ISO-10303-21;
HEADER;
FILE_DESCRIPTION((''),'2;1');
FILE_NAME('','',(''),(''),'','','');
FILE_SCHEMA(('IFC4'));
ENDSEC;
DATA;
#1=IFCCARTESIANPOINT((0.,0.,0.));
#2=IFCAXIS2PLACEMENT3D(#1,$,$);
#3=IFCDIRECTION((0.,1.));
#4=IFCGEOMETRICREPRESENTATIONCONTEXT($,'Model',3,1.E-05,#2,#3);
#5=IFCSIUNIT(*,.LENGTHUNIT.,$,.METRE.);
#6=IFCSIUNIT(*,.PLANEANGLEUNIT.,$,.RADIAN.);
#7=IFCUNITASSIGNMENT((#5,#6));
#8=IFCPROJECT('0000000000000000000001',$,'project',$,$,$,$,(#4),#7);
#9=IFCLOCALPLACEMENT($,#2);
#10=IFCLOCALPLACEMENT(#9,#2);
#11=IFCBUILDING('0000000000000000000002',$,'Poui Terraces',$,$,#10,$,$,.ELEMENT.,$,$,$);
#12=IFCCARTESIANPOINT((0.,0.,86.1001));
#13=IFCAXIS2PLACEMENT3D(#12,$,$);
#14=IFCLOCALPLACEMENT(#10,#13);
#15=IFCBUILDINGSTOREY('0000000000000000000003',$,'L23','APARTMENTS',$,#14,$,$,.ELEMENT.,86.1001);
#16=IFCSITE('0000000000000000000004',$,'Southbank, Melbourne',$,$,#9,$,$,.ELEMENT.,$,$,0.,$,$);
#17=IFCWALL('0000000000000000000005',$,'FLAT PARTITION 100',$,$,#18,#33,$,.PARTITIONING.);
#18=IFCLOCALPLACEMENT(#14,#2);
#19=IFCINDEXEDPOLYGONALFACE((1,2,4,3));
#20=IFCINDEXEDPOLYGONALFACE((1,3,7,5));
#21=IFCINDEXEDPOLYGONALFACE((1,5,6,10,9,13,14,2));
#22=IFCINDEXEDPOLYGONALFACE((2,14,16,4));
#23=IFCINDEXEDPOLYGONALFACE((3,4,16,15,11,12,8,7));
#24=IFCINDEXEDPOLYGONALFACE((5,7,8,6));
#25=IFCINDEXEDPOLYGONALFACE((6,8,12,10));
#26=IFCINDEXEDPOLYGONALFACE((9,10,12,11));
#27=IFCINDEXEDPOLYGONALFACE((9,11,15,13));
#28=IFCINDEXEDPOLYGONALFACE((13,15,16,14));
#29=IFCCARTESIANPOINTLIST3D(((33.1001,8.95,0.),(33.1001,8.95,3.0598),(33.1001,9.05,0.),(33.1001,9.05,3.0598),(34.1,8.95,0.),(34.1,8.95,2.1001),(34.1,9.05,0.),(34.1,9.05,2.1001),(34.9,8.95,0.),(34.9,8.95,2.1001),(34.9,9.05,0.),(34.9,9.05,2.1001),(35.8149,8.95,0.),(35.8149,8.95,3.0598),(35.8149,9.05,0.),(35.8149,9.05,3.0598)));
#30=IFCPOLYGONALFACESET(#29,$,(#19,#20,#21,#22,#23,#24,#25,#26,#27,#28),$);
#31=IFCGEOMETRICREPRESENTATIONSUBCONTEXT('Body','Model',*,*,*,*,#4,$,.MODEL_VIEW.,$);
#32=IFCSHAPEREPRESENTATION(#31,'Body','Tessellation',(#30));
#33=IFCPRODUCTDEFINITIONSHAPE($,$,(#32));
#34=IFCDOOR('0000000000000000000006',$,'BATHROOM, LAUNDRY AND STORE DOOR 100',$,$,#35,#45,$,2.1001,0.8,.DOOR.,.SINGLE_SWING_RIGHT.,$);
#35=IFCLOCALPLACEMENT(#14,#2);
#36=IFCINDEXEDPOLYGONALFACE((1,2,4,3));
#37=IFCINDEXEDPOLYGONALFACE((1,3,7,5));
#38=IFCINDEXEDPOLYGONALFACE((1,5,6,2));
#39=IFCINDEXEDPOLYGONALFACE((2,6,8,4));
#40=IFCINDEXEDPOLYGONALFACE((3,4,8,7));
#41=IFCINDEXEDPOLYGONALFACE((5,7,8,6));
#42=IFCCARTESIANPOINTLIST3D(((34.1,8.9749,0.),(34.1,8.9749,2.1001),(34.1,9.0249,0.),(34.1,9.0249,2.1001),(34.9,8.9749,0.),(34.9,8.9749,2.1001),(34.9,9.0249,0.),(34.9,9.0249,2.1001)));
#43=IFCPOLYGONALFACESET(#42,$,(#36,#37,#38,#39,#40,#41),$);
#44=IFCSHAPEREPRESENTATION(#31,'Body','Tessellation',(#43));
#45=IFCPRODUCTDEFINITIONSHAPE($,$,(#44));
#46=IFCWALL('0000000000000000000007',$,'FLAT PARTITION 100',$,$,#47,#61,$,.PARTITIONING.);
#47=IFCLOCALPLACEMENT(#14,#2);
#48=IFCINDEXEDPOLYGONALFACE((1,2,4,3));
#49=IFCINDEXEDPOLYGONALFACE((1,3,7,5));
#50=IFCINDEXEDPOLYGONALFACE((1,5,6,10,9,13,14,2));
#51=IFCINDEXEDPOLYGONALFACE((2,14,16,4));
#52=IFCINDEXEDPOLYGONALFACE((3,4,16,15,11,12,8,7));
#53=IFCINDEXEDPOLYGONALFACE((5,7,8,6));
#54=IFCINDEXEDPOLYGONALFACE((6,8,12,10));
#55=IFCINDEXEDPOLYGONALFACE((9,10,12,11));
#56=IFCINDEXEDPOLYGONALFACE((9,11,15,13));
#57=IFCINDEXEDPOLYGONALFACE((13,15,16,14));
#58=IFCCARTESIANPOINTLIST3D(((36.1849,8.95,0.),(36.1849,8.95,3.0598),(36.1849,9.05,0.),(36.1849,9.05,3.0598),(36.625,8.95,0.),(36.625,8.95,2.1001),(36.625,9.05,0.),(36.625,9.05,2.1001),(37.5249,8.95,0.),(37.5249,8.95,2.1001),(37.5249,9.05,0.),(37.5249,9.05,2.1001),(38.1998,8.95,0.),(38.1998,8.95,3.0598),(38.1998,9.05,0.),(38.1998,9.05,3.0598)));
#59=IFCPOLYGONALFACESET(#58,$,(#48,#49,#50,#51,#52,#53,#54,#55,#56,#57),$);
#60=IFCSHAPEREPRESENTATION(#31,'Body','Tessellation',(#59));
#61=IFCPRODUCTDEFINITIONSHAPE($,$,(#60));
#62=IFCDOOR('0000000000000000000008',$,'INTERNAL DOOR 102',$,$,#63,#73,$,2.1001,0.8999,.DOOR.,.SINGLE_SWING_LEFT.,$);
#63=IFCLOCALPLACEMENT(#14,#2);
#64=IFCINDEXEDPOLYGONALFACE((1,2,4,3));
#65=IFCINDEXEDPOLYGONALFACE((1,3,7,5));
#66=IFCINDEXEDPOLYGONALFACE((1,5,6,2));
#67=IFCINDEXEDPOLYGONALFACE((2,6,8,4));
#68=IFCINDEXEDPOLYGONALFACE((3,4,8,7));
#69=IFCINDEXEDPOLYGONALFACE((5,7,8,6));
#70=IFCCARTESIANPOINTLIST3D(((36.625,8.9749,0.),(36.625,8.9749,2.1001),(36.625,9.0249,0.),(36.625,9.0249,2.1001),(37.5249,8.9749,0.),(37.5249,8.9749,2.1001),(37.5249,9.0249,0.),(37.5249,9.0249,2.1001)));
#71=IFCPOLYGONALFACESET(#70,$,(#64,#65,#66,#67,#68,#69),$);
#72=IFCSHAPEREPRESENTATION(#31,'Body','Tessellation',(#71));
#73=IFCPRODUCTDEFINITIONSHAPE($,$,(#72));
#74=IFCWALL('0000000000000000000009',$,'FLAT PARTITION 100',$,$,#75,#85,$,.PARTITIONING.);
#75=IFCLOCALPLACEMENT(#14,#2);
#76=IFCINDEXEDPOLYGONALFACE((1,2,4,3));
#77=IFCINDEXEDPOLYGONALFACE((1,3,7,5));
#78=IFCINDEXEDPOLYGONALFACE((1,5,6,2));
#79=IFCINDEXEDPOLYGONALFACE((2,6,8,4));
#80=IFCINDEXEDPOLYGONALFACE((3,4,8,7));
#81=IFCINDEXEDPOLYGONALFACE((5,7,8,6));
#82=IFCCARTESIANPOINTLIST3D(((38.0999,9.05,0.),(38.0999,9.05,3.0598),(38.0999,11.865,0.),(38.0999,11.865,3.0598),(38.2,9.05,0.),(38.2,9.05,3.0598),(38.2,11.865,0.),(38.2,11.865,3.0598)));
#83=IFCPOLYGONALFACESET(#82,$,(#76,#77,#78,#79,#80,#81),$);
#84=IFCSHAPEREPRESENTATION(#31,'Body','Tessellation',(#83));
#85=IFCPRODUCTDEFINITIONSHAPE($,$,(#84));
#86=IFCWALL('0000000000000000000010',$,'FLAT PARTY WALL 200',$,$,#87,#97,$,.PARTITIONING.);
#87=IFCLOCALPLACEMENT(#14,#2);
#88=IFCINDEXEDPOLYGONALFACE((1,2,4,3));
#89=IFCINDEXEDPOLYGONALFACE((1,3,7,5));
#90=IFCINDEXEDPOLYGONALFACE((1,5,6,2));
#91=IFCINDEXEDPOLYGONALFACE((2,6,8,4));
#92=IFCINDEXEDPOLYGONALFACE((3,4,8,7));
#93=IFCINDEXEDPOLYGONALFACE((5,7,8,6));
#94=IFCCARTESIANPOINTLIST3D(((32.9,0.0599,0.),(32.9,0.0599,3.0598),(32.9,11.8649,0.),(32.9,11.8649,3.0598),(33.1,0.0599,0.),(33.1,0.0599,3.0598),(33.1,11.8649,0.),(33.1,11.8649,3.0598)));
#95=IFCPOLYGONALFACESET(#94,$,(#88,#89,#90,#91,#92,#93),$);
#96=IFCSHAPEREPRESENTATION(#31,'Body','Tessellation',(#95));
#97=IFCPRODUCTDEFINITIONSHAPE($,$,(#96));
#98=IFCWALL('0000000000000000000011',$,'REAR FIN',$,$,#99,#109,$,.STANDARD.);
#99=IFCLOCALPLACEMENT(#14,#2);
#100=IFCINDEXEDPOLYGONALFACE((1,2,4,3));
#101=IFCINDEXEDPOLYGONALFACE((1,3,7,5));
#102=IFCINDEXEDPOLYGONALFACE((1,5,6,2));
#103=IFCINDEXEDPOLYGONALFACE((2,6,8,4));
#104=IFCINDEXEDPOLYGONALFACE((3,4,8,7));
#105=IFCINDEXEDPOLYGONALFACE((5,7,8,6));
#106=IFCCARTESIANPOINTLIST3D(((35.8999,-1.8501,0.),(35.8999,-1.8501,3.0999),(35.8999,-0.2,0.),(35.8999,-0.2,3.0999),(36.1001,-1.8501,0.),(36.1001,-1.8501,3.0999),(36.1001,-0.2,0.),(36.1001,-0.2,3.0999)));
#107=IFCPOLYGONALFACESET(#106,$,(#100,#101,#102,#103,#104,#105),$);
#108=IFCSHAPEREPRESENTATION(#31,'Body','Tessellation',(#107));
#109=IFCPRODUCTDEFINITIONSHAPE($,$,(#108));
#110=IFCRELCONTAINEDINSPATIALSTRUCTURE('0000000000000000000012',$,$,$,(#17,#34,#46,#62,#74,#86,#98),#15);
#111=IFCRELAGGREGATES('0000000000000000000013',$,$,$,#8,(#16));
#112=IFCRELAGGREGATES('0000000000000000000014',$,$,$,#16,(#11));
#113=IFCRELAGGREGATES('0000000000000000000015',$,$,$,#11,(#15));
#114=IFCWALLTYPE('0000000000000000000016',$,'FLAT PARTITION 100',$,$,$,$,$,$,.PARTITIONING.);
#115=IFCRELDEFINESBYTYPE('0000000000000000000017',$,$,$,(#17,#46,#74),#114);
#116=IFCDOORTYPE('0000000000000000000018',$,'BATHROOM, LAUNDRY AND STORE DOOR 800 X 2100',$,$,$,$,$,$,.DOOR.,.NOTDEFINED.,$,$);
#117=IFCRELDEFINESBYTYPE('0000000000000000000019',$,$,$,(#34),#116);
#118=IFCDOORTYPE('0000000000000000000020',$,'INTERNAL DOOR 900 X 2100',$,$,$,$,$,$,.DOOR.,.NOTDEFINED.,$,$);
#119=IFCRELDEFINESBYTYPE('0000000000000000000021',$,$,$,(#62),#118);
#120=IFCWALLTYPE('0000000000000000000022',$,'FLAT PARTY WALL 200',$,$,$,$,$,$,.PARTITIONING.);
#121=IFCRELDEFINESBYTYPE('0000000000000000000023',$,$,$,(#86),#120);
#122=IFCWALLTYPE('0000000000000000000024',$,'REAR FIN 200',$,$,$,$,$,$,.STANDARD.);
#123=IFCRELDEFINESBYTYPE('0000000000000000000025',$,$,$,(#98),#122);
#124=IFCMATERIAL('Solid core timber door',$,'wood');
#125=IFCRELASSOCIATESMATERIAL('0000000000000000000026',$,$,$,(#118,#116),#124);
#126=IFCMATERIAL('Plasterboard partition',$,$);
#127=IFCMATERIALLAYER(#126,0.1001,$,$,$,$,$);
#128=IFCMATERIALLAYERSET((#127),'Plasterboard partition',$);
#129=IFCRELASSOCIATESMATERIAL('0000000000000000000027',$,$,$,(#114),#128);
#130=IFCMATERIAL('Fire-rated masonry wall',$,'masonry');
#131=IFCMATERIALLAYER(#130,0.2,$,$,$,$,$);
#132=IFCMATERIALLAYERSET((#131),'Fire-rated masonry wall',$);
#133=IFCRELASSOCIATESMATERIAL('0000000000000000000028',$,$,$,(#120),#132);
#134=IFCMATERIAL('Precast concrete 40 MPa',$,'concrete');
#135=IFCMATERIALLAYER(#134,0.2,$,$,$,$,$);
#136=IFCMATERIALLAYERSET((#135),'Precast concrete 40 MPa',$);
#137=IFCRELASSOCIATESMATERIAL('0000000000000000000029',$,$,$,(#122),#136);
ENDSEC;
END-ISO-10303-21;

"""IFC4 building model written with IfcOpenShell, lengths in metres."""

from ifc_helpers import new_model, si_unit, direction, frame, frame_2d, origin, place, context, subcontext, project, spatial, polyline, rectangle, outline, extrude, source, transform, mapped, material, layer, layer_set, type_object, element, fill, save


model = new_model("IFC4")

# Units and contexts
model_context = context("Model", 3, precision=1e-05, world=origin(), true_north=direction((0.0, 1.0)))
body_context = subcontext(model_context, "Body", "Model", "MODEL_VIEW")
ifc_project = project(units=[si_unit("LENGTHUNIT", "METRE"), si_unit("PLANEANGLEUNIT", "RADIAN")], contexts=[model_context])

# Site, building, storey
site_placement = place(None, origin())
site = spatial("IfcSite", under=ifc_project, at=site_placement, Name="Southbank, Melbourne", CompositionType="ELEMENT", RefElevation=0.0)
building_placement = place(site_placement, origin())
building = spatial("IfcBuilding", under=site, at=building_placement, Name="Poui Terraces", CompositionType="ELEMENT")
storey_placement = place(building_placement, frame((0.0, 0.0, 86.1001)))
storey = spatial("IfcBuildingStorey", under=building, at=storey_placement, Name="L23", Description="APARTMENTS", CompositionType="ELEMENT", Elevation=86.1001)

# Shared definitions
ifc_material_1 = material(Name="Precast concrete 40 MPa", Category="concrete")

# Walls, openings, doors
ifc_material_2 = material(Name="Solid core timber door", Category="wood")
door_type_1 = type_object("IfcDoorType", Name="INTERNAL DOOR 900 X 2100", OperationType="NOTDEFINED", PredefinedType="DOOR", material=ifc_material_2)
ifc_material_3 = material(Name="Plasterboard partition")
ifc_layer_1 = layer(ifc_material_3, 0.1001)
ifc_layer_set_1 = layer_set([ifc_layer_1], Name="Plasterboard partition")
wall_type_1 = type_object("IfcWallType", Name="FLAT PARTITION 100", PredefinedType="PARTITIONING", material=ifc_layer_set_1)
wall_1_placement = place(storey_placement, frame((33.1001, 9.0, 0.0), z_axis=(0.0, 0.0, 1.0), x_axis=(1.0, 0.0, 0.0)))
wall_1 = element("IfcWall", 1, at=wall_1_placement, inside=storey, type_object=wall_type_1, Name="FLAT PARTITION 100", PredefinedType="PARTITIONING", context=body_context, shape_type="SweptSolid", body=[
    extrude(rectangle(XDim=2.7148, YDim=0.1001, at=frame_2d((1.3574, 0.0))), origin(), (0.0, 0.0, 1.0), 3.0598),
])
opening_1_placement = place(wall_1_placement, frame((1.0, 0.0, 0.0)))
opening_1 = element("IfcOpeningElement", 2, at=opening_1_placement, cuts=wall_1, PredefinedType="OPENING", context=body_context, shape_type="SweptSolid", body=[
    extrude(rectangle(XDim=0.8, YDim=2.1001, at=frame_2d((0.3999, 1.05))), frame((0.0, 0.0601, 0.0), z_axis=(0.0, -1.0, 0.0), x_axis=(1.0, 0.0, 0.0)), (0.0, 0.0, 1.0), 0.1201),
])
door_type_2 = type_object("IfcDoorType", Name="BATHROOM, LAUNDRY AND STORE DOOR 800 X 2100", OperationType="NOTDEFINED", PredefinedType="DOOR", material=ifc_material_2)
door_1_placement = place(opening_1_placement, origin())
door_1 = element("IfcDoor", 3, at=door_1_placement, inside=storey, type_object=door_type_2, Name="BATHROOM, LAUNDRY AND STORE DOOR 100", OperationType="SINGLE_SWING_RIGHT", OverallHeight=2.1001, OverallWidth=0.8, PredefinedType="DOOR", context=body_context, shape_type="SweptSolid", body=[
    extrude(rectangle(XDim=0.8, YDim=2.1001, at=frame_2d((0.3999, 1.05))), frame((0.0, 0.0249, 0.0), z_axis=(0.0, -1.0, 0.0), x_axis=(1.0, 0.0, 0.0)), (0.0, 0.0, 1.0), 0.05),
])
fill(opening_1, door_1)
wall_2_placement = place(storey_placement, frame((36.1851, 9.0, 0.0), z_axis=(0.0, 0.0, 1.0), x_axis=(1.0, 0.0, 0.0)))
wall_2 = element("IfcWall", 4, at=wall_2_placement, inside=storey, type_object=wall_type_1, Name="FLAT PARTITION 100", PredefinedType="PARTITIONING", context=body_context, shape_type="SweptSolid", body=[
    extrude(rectangle(XDim=2.0149, YDim=0.1001, at=frame_2d((1.0073, 0.0))), origin(), (0.0, 0.0, 1.0), 3.0598),
])
opening_2_placement = place(wall_2_placement, frame((0.4399, 0.0, 0.0)))
opening_2 = element("IfcOpeningElement", 5, at=opening_2_placement, cuts=wall_2, PredefinedType="OPENING", context=body_context, shape_type="SweptSolid", body=[
    extrude(rectangle(XDim=0.8999, YDim=2.1001, at=frame_2d((0.45, 1.05))), frame((0.0, 0.0601, 0.0), z_axis=(0.0, -1.0, 0.0), x_axis=(1.0, 0.0, 0.0)), (0.0, 0.0, 1.0), 0.1201),
])
door_2_placement = place(opening_2_placement, origin())
door_2 = element("IfcDoor", 6, at=door_2_placement, inside=storey, type_object=door_type_1, Name="INTERNAL DOOR 102", OperationType="SINGLE_SWING_LEFT", OverallHeight=2.1001, OverallWidth=0.8999, PredefinedType="DOOR", context=body_context, shape_type="SweptSolid", body=[
    extrude(rectangle(XDim=0.8999, YDim=2.1001, at=frame_2d((0.45, 1.05))), frame((0.0, 0.0249, 0.0), z_axis=(0.0, -1.0, 0.0), x_axis=(1.0, 0.0, 0.0)), (0.0, 0.0, 1.0), 0.05),
])
fill(opening_2, door_2)

# Walls
wall_3_placement = place(storey_placement, frame((38.1499, 9.05, 0.0), z_axis=(0.0, 0.0, 1.0), x_axis=(0.0, 1.0, 0.0)))
element("IfcWall", 7, at=wall_3_placement, inside=storey, type_object=wall_type_1, Name="FLAT PARTITION 100", PredefinedType="PARTITIONING", context=body_context, shape_type="SweptSolid", body=[
    extrude(rectangle(XDim=2.8149, YDim=0.1001, at=frame_2d((1.4075, 0.0))), origin(), (0.0, 0.0, 1.0), 3.0598),
])
ifc_material_4 = material(Name="Fire-rated masonry wall", Category="masonry")
ifc_layer_2 = layer(ifc_material_4, 0.2)
ifc_layer_set_2 = layer_set([ifc_layer_2], Name="Fire-rated masonry wall")
wall_type_2 = type_object("IfcWallType", Name="FLAT PARTY WALL 200", PredefinedType="PARTITIONING", material=ifc_layer_set_2)
wall_4_placement = place(storey_placement, frame((33.0, 0.0601, 0.0), z_axis=(0.0, 0.0, 1.0), x_axis=(0.0, 1.0, 0.0)))
element("IfcWall", 8, at=wall_4_placement, inside=storey, type_object=wall_type_2, Name="FLAT PARTY WALL 200", PredefinedType="PARTITIONING", context=body_context, shape_type="SweptSolid", body=[
    extrude(rectangle(XDim=11.8049, YDim=0.2, at=frame_2d((5.9023, 0.0))), origin(), (0.0, 0.0, 1.0), 3.0598),
])
ifc_layer_3 = layer(ifc_material_1, 0.2)
ifc_layer_set_3 = layer_set([ifc_layer_3], Name="Precast concrete 40 MPa")
wall_type_3 = type_object("IfcWallType", Name="REAR FIN 200", PredefinedType="STANDARD", material=ifc_layer_set_3)
shared_shape_1 = source(origin(), body_context, "Body", "SweptSolid", [
    extrude(outline(polyline([(0.0, 0.0), (0.2002, 0.0), (0.2002, 1.6501), (0.0, 1.6501), (0.0, 0.0)])), origin(), (0.0, 0.0, 1.0), 3.0999),
])
wall_5_placement = place(storey_placement, frame((35.8999, -1.8501, 0.0)))
element("IfcWall", 9, at=wall_5_placement, inside=storey, type_object=wall_type_3, Name="REAR FIN", PredefinedType="STANDARD", context=body_context, shape_type="MappedRepresentation", body=[
    mapped(shared_shape_1, transform((0.0, 0.0, 0.0))),
])

save(model, "model.ifc")
